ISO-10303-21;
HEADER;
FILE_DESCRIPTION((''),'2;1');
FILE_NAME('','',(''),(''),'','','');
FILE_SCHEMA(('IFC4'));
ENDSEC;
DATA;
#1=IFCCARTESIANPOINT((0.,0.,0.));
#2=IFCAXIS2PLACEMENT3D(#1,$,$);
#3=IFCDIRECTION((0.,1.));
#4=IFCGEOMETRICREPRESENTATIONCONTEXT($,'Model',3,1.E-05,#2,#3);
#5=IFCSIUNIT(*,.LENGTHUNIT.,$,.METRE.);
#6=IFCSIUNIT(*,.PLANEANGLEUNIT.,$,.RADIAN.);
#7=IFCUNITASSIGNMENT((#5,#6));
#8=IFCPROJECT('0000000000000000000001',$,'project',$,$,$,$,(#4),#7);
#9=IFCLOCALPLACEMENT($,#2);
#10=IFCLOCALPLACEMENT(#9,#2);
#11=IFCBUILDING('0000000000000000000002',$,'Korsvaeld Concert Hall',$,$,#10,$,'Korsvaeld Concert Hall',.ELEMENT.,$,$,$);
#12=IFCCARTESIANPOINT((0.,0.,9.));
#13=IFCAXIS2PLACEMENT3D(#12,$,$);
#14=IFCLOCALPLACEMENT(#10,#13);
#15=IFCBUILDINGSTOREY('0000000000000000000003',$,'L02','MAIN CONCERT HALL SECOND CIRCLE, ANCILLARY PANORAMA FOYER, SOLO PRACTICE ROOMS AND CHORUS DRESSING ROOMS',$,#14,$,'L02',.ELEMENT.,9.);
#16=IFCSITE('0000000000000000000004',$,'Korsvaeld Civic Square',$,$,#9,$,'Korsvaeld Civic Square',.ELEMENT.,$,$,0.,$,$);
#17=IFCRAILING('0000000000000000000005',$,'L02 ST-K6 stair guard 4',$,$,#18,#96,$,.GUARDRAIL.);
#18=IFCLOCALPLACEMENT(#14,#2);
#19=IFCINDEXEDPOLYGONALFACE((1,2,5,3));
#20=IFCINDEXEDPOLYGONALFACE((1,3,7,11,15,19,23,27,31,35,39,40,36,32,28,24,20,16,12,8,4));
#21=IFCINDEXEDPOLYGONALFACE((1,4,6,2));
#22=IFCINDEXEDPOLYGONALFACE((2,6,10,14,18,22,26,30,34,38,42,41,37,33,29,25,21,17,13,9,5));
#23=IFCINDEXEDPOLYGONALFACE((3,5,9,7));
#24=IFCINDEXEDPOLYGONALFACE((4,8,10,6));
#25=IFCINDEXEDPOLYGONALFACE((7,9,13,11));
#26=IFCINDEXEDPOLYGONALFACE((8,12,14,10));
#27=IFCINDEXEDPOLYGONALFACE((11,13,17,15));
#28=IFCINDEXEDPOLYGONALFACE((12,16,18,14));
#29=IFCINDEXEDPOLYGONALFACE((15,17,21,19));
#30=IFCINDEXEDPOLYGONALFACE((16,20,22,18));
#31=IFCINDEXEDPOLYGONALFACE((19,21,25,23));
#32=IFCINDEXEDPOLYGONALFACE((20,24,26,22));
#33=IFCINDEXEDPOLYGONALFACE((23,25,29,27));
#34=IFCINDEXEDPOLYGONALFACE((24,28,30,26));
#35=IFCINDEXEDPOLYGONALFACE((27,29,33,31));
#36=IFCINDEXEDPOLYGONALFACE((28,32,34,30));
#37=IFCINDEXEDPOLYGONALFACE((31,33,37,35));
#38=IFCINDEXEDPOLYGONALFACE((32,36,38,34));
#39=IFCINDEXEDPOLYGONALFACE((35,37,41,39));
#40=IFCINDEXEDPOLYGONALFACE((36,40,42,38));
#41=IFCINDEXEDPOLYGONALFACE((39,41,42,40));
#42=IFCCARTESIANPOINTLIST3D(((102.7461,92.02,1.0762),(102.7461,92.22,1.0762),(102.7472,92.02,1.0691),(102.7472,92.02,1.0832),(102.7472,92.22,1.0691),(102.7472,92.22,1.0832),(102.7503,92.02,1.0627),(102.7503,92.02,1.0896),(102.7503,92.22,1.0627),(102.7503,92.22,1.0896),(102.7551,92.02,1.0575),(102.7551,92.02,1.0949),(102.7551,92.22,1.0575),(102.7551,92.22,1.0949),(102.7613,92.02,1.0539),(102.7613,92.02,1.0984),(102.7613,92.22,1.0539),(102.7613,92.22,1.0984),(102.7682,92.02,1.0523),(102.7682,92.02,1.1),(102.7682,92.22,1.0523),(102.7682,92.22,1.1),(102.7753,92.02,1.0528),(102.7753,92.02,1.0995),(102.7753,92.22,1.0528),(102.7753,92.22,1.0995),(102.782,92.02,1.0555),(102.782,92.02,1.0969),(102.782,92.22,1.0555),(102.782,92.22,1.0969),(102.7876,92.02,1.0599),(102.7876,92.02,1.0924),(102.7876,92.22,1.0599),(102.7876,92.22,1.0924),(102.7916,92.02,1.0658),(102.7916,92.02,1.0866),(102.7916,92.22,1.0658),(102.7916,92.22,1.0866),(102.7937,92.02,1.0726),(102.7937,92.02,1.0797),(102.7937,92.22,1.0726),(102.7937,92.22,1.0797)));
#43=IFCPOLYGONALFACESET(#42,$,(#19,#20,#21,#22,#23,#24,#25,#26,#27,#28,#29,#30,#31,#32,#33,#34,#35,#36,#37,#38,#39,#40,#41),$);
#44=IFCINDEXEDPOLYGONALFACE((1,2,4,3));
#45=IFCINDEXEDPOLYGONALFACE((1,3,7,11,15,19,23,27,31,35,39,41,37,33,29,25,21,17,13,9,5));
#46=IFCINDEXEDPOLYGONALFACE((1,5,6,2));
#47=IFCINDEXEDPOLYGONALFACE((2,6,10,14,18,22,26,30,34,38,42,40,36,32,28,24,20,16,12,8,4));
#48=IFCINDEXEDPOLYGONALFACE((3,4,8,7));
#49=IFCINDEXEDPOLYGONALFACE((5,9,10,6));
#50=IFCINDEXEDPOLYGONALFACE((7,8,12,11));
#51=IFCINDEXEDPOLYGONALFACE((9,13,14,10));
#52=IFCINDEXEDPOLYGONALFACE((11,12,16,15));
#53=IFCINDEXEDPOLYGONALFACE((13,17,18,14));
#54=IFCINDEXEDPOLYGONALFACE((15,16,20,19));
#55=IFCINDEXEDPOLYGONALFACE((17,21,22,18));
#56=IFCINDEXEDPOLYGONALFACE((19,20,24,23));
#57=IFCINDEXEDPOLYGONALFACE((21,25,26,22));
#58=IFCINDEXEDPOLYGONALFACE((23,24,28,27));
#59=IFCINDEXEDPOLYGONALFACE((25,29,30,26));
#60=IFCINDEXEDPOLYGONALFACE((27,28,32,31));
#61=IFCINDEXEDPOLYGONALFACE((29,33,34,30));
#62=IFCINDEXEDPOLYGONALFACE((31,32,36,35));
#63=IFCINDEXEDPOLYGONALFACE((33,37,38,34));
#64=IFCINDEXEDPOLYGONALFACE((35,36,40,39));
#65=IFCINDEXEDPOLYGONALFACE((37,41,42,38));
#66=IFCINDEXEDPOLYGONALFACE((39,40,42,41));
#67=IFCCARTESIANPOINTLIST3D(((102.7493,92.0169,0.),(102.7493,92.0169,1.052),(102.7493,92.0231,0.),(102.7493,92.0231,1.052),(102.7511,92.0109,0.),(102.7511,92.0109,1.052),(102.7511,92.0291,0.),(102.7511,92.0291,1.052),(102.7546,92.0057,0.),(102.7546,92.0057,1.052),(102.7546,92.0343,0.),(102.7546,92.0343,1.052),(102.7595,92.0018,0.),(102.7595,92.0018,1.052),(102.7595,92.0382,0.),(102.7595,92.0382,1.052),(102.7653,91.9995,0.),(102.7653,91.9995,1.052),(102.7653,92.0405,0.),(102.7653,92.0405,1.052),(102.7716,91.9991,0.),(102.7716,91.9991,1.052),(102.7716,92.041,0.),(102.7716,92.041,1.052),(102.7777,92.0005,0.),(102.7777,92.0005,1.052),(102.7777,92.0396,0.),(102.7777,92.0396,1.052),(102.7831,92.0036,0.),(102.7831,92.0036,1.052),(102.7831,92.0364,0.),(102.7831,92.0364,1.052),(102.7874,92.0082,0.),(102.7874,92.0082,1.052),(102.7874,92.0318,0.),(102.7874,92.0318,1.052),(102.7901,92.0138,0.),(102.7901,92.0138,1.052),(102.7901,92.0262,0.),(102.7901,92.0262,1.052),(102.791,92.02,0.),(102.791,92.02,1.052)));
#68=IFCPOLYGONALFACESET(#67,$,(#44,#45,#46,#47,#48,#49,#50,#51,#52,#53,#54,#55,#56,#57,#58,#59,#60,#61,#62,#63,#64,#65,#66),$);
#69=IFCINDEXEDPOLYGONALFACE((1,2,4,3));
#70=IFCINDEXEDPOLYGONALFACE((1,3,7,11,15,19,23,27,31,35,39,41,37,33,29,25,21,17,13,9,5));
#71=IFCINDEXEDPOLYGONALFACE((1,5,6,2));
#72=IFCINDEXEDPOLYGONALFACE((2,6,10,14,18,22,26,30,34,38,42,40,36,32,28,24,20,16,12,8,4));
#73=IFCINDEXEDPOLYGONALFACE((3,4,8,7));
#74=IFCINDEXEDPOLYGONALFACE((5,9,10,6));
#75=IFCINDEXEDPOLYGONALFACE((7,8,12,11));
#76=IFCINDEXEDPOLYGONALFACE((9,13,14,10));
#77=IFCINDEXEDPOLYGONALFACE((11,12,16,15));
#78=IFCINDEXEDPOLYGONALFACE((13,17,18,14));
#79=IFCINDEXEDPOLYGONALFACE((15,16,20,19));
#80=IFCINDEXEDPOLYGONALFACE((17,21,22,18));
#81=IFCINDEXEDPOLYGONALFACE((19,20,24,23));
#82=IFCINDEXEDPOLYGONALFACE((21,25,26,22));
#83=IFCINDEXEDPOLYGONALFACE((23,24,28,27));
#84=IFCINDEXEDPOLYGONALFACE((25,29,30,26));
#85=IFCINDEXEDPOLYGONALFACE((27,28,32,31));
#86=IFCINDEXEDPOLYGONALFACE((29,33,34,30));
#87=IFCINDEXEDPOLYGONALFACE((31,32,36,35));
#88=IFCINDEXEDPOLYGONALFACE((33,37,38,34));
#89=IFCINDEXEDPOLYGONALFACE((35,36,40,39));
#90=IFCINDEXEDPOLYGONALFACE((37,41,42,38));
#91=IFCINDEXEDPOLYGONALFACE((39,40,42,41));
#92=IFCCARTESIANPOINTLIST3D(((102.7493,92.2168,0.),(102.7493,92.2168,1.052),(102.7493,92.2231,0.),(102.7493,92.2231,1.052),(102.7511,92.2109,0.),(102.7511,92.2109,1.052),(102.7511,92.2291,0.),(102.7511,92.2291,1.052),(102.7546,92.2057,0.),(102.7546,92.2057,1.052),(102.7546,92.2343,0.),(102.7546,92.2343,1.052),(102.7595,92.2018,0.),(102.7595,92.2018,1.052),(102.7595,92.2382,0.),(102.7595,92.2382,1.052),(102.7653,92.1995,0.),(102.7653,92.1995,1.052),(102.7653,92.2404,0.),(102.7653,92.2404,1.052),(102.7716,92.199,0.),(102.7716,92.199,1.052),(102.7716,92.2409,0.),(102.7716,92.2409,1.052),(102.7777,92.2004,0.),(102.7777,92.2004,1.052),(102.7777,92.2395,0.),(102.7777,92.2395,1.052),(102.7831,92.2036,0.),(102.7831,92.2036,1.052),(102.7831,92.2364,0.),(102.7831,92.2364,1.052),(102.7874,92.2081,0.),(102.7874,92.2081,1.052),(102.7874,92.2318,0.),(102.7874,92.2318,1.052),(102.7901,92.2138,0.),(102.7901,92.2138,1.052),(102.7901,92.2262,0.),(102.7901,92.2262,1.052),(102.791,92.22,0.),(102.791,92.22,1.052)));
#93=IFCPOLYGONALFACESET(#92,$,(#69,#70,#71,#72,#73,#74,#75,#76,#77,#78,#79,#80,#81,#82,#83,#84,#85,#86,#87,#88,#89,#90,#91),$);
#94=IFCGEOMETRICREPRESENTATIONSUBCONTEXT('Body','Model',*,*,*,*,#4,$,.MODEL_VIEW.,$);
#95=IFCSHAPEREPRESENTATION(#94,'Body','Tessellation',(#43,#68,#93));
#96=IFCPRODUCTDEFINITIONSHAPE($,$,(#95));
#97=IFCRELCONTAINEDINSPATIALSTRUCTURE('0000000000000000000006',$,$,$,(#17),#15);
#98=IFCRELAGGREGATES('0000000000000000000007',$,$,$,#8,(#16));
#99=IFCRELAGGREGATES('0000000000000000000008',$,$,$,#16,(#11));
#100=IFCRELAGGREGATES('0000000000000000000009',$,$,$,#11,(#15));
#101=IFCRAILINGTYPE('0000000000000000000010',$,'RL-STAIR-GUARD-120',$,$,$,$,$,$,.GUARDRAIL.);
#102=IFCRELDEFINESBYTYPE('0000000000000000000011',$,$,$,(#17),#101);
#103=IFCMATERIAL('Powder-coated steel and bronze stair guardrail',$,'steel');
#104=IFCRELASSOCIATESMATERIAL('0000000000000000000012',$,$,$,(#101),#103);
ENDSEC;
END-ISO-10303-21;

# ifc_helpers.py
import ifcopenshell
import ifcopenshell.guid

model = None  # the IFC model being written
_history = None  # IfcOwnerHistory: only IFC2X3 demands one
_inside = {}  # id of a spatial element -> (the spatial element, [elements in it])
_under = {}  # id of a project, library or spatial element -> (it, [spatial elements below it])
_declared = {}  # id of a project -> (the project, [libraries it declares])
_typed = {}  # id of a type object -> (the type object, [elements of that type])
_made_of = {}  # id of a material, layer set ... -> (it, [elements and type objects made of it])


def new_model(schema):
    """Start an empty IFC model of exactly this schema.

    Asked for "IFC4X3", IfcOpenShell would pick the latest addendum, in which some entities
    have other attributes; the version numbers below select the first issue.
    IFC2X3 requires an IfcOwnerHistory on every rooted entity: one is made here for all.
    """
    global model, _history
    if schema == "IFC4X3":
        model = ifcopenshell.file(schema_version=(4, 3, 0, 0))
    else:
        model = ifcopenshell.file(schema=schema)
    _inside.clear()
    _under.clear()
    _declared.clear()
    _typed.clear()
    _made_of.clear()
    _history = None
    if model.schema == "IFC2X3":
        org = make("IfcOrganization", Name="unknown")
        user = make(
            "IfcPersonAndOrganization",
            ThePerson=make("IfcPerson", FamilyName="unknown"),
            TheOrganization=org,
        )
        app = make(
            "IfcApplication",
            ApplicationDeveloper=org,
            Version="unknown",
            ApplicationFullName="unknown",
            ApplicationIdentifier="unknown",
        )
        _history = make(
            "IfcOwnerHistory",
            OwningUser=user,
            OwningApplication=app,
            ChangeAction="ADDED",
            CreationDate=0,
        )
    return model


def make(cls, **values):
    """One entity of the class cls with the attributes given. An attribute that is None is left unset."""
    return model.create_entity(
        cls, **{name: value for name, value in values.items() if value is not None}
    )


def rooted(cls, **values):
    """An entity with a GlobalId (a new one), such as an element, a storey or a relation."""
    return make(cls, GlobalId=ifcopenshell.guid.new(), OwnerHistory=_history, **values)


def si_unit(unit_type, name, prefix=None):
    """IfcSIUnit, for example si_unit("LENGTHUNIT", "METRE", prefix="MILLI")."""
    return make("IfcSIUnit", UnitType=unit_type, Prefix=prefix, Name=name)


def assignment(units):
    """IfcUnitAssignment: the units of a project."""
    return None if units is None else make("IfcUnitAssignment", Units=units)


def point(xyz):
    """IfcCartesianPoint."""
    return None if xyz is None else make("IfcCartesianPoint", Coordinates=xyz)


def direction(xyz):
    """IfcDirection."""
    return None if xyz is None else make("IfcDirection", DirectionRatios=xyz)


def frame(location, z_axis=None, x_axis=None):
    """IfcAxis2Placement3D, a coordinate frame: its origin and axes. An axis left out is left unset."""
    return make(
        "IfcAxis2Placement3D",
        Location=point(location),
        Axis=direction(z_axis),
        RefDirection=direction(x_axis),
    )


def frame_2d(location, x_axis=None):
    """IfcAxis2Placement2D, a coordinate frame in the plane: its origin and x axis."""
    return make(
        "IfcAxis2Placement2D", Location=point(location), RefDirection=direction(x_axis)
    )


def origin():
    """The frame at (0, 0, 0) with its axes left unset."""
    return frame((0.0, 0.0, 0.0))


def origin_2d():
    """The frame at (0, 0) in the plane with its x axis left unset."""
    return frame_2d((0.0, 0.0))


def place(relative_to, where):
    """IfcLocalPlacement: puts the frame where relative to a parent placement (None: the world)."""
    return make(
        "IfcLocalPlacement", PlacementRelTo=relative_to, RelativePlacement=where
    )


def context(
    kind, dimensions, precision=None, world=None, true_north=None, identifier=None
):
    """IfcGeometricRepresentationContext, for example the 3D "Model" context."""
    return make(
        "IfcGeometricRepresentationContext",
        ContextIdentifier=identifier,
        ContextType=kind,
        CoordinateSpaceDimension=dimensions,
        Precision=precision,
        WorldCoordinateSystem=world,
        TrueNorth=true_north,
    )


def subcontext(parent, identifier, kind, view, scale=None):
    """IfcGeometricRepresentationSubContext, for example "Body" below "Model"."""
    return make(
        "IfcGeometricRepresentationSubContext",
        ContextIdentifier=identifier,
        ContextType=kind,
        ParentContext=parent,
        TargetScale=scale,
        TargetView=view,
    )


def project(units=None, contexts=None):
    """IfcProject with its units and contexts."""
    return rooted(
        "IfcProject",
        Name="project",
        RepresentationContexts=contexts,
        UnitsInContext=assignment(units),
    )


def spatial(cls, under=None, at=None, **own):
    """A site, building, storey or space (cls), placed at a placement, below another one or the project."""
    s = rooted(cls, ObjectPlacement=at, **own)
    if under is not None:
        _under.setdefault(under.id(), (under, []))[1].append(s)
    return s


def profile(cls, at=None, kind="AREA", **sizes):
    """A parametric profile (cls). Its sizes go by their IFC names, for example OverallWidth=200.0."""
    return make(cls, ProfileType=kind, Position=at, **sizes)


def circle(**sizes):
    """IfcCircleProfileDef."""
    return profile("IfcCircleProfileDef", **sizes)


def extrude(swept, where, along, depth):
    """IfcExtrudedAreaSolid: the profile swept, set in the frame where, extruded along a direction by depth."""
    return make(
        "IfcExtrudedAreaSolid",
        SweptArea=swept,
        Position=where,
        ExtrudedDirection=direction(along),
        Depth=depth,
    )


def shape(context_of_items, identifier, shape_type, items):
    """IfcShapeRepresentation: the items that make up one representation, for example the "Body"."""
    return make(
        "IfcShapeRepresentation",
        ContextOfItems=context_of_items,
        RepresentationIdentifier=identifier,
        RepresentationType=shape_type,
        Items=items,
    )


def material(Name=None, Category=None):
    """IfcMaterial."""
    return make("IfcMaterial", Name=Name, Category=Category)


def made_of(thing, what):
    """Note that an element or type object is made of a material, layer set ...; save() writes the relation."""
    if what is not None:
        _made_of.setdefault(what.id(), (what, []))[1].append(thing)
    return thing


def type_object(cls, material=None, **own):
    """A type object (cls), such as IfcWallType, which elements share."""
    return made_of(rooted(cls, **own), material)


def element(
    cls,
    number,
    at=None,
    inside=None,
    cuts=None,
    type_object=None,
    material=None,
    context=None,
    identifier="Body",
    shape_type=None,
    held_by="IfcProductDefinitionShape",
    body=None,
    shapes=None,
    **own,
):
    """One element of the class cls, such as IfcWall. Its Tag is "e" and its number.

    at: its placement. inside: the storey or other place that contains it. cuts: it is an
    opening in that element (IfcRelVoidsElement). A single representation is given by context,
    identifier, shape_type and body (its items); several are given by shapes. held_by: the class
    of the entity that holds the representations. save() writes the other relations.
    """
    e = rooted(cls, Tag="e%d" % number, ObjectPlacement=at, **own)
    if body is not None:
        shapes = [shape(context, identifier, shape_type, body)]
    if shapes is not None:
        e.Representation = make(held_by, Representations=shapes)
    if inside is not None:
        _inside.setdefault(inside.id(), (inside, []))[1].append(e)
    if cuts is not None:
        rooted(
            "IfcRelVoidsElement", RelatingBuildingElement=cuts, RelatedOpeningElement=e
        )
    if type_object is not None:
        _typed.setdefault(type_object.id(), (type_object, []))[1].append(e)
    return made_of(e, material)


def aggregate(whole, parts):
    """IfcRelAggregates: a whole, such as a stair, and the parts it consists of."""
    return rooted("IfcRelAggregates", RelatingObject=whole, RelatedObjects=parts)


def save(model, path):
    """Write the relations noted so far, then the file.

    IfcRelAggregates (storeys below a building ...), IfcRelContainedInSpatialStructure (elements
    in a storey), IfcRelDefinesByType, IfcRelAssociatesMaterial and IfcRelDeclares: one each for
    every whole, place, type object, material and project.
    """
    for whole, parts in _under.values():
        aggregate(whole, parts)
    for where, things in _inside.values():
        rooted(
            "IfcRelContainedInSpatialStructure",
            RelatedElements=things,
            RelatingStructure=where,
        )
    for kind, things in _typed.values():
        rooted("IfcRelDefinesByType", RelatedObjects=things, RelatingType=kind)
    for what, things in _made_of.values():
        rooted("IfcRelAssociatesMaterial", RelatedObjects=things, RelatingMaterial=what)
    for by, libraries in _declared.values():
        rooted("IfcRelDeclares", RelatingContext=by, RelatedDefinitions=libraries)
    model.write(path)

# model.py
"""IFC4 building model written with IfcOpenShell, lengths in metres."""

from ifc_helpers import new_model, si_unit, direction, frame, origin, origin_2d, place, context, subcontext, project, spatial, circle, extrude, material, type_object, element, save


model = new_model("IFC4")

# Units and contexts
model_context = context("Model", 3, precision=1e-05, world=origin(), true_north=direction((0.0, 1.0)))
body_context = subcontext(model_context, "Body", "Model", "MODEL_VIEW")
ifc_project = project(units=[si_unit("LENGTHUNIT", "METRE"), si_unit("PLANEANGLEUNIT", "RADIAN")], contexts=[model_context])

# Site, building, storey
site_placement = place(None, origin())
site = spatial("IfcSite", under=ifc_project, at=site_placement, Name="Korsvaeld Civic Square", LongName="Korsvaeld Civic Square", CompositionType="ELEMENT", RefElevation=0.0)
building_placement = place(site_placement, origin())
building = spatial("IfcBuilding", under=site, at=building_placement, Name="Korsvaeld Concert Hall", LongName="Korsvaeld Concert Hall", CompositionType="ELEMENT")
storey_placement = place(building_placement, frame((0.0, 0.0, 9.0)))
storey = spatial("IfcBuildingStorey", under=building, at=storey_placement, Name="L02", Description="MAIN CONCERT HALL SECOND CIRCLE, ANCILLARY PANORAMA FOYER, SOLO PRACTICE ROOMS AND CHORUS DRESSING ROOMS", LongName="L02", CompositionType="ELEMENT", Elevation=9.0)

# Railing
ifc_material_1 = material(Name="Powder-coated steel and bronze stair guardrail", Category="steel")
railing_type_1 = type_object("IfcRailingType", Name="RL-STAIR-GUARD-120", PredefinedType="GUARDRAIL", material=ifc_material_1)
railing_1_placement = place(storey_placement, frame((102.77, 92.02, 0.0)))
element("IfcRailing", 1, at=railing_1_placement, inside=storey, type_object=railing_type_1, Name="L02 ST-K6 stair guard 4", PredefinedType="GUARDRAIL", context=body_context, shape_type="SweptSolid", body=[
    extrude(circle(Radius=0.0239, at=origin_2d()), frame((0.0, 0.0, 1.0762), z_axis=(0.0, 1.0, 0.0), x_axis=(-1.0, 0.0, 0.0)), (0.0, 0.0, 1.0), 0.2),
    extrude(circle(Radius=0.021, at=origin_2d()), origin(), (0.0, 0.0, 1.0), 1.052),
    extrude(circle(Radius=0.021, at=origin_2d()), frame((0.0, 0.2, 0.0)), (0.0, 0.0, 1.0), 1.052),
])

save(model, "model.ifc")
